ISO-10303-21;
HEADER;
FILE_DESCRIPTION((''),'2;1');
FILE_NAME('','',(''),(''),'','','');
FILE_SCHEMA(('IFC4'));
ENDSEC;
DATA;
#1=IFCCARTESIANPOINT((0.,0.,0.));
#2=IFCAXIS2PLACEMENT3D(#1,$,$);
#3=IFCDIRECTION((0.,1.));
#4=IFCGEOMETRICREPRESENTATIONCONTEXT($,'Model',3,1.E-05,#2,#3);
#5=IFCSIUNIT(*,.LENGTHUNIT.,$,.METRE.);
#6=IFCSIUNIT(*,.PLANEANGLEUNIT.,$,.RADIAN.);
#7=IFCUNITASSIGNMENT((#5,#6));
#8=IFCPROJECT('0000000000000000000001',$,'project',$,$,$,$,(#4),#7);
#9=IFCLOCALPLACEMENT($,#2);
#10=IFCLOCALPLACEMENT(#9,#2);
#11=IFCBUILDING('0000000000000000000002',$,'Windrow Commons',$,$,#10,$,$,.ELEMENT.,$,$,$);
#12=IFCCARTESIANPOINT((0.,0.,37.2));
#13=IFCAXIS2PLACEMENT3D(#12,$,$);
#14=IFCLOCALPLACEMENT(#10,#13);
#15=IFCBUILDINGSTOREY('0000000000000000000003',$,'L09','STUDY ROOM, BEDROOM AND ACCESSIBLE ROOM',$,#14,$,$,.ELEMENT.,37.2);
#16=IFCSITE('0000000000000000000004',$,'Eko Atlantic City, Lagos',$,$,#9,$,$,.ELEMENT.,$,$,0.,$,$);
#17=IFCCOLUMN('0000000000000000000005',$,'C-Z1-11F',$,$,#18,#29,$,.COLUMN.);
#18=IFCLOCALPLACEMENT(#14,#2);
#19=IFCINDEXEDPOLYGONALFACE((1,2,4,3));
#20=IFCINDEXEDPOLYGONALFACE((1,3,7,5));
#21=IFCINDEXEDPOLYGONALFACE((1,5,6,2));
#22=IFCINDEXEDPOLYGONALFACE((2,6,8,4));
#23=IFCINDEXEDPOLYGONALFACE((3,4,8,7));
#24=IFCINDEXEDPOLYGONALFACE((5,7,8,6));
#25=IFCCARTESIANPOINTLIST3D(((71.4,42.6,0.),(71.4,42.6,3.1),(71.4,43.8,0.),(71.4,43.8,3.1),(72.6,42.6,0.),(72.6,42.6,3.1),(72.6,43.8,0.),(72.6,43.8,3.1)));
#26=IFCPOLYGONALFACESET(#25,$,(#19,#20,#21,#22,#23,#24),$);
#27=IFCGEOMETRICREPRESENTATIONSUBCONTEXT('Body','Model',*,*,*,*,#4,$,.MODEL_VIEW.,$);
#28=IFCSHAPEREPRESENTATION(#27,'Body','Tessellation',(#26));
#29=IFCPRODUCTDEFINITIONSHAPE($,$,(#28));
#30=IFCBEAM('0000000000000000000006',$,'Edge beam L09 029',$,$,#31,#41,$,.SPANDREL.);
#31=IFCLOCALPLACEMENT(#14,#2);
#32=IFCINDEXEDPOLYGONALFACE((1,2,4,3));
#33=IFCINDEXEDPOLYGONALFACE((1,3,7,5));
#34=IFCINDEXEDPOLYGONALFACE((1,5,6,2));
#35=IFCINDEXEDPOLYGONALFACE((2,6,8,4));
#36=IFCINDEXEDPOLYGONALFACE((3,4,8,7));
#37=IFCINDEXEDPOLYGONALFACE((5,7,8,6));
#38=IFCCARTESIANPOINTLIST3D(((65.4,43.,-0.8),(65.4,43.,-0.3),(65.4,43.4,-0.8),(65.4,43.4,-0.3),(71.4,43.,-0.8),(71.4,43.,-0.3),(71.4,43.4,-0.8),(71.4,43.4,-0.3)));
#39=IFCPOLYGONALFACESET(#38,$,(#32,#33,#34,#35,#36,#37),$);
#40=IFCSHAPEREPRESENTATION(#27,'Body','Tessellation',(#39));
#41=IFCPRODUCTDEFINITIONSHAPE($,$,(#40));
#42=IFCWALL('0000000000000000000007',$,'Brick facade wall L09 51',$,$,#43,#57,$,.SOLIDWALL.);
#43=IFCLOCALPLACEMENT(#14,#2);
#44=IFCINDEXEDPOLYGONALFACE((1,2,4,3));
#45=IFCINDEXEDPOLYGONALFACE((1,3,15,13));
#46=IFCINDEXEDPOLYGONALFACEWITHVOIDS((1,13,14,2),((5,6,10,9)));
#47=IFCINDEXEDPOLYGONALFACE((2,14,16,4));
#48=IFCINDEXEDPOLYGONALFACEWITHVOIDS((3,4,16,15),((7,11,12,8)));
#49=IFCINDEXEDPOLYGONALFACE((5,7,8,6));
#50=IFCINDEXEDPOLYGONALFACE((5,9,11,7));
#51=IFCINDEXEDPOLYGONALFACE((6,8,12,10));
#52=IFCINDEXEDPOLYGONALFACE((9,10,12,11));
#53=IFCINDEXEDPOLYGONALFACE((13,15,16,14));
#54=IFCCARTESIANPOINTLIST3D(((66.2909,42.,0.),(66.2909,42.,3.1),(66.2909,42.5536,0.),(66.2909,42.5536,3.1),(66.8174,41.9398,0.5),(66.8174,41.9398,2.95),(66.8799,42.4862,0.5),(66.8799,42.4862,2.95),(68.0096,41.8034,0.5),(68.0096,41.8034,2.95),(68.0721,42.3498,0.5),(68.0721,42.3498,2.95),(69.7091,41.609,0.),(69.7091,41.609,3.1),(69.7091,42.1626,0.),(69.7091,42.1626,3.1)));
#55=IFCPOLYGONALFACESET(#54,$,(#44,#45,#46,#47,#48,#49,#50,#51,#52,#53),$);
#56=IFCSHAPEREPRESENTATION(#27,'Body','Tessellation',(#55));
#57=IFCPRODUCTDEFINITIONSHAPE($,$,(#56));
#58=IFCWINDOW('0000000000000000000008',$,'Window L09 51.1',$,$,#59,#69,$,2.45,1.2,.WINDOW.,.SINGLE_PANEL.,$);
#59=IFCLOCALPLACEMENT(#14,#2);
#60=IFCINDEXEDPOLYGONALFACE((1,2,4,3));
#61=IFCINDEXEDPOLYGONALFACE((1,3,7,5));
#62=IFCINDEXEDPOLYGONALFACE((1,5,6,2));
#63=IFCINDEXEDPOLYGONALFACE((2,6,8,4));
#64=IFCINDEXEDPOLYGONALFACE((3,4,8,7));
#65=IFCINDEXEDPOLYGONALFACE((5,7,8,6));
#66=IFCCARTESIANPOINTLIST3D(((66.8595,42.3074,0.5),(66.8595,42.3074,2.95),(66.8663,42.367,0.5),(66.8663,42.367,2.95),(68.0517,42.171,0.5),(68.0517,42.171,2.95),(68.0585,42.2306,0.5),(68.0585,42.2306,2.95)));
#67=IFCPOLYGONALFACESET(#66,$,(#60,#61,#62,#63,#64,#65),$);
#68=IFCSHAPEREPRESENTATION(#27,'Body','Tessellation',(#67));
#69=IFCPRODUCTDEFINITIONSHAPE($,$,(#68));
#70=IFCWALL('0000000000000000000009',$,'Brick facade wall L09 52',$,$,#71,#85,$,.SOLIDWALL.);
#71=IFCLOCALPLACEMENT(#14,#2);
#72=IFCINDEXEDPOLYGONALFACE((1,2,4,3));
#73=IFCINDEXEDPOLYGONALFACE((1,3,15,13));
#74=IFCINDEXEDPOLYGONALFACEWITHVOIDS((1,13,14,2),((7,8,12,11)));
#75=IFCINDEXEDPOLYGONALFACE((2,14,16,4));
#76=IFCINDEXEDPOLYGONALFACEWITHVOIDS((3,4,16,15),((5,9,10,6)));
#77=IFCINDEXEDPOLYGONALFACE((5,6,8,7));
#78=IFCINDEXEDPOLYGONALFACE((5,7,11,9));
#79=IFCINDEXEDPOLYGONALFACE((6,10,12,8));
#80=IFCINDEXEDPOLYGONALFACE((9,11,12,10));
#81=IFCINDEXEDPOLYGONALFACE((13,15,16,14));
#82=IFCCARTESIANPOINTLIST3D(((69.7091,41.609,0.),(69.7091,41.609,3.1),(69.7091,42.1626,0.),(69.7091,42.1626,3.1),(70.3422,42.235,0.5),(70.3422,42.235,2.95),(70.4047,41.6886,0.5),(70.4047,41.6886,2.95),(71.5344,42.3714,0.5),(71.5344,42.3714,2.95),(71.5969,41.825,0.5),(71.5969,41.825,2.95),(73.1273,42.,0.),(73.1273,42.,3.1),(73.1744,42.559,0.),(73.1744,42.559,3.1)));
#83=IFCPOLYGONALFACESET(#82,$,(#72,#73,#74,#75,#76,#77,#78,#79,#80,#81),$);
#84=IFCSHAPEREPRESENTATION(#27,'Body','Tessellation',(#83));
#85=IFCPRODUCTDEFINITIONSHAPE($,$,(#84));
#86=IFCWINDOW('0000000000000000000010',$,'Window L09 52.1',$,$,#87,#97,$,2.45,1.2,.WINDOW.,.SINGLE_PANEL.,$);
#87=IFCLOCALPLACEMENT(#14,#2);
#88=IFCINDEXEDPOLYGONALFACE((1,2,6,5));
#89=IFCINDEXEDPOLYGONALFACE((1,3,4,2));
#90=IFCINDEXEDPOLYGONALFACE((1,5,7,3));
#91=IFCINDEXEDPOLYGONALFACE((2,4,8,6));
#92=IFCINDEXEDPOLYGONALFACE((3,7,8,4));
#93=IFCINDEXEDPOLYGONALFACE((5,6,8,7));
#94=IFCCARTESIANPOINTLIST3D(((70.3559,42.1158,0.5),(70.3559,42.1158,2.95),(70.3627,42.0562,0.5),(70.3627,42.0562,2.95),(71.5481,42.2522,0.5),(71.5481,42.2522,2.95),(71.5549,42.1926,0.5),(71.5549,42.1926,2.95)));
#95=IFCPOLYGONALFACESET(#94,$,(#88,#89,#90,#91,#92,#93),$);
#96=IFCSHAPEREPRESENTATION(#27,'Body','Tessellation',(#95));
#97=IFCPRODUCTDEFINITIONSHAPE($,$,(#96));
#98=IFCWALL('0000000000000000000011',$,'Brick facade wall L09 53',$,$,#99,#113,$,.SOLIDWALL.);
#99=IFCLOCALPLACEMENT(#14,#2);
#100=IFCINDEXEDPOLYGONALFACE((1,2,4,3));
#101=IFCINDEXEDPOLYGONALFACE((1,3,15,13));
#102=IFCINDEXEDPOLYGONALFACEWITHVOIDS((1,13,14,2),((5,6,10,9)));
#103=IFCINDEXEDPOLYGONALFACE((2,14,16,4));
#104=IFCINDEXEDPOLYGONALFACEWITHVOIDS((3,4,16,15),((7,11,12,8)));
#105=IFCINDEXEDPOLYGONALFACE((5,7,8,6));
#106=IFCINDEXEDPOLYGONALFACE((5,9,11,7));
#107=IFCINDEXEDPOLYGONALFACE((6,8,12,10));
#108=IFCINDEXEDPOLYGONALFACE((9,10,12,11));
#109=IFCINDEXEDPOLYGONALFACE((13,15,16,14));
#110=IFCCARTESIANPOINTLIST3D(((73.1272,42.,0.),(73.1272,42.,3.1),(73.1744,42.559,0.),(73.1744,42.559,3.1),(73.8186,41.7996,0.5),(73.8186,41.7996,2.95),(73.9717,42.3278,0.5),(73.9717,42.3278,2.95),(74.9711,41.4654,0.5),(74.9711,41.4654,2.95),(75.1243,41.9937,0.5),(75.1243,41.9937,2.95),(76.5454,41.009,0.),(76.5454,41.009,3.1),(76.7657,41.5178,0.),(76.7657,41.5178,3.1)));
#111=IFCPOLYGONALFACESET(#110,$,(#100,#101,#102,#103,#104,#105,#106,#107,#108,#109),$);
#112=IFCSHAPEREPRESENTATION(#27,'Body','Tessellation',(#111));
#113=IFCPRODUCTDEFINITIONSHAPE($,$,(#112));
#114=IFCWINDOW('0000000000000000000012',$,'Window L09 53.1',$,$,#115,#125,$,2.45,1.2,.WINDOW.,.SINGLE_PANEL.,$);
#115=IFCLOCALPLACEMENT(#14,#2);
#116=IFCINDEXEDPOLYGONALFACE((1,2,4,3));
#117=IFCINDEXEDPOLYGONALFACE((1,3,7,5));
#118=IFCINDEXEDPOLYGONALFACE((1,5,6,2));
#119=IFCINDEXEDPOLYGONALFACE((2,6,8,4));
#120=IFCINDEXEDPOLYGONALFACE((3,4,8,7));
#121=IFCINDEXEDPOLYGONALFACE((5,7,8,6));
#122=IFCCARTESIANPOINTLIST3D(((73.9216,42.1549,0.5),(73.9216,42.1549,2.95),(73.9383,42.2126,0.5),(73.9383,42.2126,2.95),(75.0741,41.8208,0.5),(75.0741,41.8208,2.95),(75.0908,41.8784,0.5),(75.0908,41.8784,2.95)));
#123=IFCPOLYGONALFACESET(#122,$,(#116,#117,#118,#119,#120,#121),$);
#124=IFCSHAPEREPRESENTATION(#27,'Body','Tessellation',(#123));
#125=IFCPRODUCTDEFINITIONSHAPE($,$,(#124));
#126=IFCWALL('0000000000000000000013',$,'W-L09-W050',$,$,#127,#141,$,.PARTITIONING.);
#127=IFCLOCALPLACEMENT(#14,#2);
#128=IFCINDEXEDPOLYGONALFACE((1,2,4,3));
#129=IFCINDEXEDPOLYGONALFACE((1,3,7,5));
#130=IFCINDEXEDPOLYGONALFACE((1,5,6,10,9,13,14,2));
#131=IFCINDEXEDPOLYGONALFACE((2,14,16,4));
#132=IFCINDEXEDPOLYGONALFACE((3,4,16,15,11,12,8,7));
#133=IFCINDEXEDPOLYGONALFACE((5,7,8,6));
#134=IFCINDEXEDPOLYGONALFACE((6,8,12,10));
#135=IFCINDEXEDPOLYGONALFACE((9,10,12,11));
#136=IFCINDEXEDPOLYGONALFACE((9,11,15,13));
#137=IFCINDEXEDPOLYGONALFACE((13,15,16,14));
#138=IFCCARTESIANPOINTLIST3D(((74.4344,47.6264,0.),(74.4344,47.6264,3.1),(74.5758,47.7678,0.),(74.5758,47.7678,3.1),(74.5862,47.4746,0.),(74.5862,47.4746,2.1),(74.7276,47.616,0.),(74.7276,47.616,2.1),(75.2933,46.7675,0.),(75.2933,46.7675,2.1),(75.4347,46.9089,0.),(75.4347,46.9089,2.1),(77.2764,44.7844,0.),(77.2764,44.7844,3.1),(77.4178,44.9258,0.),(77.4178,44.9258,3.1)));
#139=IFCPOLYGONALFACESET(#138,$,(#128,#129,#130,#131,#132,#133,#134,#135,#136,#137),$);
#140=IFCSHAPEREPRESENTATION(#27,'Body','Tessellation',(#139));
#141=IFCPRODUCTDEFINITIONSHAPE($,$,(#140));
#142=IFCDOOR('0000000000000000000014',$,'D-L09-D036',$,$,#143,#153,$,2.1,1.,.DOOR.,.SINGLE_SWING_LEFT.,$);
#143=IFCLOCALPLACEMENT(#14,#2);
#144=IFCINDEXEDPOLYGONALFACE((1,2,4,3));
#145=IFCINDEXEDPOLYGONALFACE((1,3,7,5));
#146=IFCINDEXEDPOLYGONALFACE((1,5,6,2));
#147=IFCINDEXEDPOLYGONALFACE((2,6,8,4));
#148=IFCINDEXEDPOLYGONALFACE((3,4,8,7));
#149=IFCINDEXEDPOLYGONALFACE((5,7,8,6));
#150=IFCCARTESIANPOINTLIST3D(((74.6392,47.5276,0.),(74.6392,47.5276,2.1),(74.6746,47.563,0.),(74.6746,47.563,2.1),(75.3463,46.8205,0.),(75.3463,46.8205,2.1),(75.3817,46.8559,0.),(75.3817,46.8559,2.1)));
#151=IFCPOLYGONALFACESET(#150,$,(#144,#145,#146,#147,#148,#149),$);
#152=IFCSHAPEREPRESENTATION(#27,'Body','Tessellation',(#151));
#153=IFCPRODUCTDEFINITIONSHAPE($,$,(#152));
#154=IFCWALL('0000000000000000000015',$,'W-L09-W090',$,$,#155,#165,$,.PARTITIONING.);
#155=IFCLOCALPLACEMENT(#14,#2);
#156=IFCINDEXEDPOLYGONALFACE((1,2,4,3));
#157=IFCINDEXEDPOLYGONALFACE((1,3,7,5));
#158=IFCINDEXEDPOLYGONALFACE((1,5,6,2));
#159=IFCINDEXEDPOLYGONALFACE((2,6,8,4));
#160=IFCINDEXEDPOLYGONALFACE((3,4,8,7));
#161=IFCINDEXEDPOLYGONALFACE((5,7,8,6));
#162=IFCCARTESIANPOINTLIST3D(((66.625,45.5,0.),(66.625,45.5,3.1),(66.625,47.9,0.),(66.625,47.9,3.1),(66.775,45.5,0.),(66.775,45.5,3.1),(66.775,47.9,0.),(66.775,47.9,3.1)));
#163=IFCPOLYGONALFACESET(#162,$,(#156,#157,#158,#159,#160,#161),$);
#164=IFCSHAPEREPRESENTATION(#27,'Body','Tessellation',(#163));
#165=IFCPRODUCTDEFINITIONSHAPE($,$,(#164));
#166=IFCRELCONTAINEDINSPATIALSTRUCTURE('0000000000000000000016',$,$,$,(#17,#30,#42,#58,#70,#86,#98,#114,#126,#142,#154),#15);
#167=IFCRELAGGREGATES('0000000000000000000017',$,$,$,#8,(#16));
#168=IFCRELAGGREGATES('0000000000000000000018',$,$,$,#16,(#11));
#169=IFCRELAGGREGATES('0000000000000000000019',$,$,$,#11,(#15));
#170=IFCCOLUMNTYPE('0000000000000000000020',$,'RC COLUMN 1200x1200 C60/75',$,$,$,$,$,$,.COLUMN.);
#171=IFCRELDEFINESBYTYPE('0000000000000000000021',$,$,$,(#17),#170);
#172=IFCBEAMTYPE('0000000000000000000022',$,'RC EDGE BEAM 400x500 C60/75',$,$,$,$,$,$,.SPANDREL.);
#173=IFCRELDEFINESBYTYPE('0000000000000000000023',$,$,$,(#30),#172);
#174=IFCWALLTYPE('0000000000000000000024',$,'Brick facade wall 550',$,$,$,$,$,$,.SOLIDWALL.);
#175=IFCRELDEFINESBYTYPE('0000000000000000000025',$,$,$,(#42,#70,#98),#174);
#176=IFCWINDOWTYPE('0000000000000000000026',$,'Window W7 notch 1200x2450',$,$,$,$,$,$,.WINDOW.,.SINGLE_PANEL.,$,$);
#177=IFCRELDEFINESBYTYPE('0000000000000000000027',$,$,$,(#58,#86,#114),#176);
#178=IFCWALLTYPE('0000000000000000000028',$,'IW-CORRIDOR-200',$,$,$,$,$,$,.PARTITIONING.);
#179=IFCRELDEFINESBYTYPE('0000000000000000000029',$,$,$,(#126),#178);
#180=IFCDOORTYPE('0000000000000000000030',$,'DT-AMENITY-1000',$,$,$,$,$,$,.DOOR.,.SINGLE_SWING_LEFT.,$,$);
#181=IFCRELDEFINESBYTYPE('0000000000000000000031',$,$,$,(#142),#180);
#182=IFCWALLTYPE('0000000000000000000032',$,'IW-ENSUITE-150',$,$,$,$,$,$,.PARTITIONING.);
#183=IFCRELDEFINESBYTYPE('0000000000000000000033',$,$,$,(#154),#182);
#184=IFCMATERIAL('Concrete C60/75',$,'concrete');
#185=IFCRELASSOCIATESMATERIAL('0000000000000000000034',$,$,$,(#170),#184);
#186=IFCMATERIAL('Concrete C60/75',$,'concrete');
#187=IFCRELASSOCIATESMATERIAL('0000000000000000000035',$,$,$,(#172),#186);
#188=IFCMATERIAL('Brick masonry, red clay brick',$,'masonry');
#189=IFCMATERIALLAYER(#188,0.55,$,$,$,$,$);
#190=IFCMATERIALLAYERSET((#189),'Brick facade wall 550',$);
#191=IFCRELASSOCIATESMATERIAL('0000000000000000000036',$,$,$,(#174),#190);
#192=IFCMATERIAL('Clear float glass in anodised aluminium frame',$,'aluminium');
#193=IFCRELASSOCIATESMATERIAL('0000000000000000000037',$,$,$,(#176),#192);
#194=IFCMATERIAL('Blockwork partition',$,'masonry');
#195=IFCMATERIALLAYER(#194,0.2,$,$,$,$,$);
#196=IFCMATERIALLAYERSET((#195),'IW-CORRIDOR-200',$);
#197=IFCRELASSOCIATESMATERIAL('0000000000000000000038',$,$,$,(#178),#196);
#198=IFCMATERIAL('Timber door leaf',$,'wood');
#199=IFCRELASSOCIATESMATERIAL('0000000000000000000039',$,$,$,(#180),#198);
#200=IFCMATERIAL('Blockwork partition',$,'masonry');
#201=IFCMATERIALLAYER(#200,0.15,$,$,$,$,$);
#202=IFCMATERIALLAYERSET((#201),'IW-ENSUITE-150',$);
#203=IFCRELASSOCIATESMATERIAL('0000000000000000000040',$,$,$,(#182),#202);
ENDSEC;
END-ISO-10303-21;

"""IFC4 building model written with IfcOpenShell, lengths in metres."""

from ifc_helpers import new_model, si_unit, direction, frame, frame_2d, origin, origin_2d, place, context, subcontext, project, spatial, polyline, rectangle, outline, extrude, material, layer, layer_set, material_profile, profile_set, type_object, element, fill, save


model = new_model("IFC4")

# Units and contexts
model_context = context("Model", 3, precision=1e-05, world=origin(), true_north=direction((0.0, 1.0)))
body_context = subcontext(model_context, "Body", "Model", "MODEL_VIEW")
ifc_project = project(units=[si_unit("LENGTHUNIT", "METRE"), si_unit("PLANEANGLEUNIT", "RADIAN")], contexts=[model_context])

# Site, building, storey
site_placement = place(None, origin())
site = spatial("IfcSite", under=ifc_project, at=site_placement, Name="Eko Atlantic City, Lagos", CompositionType="ELEMENT", RefElevation=0.0)
building_placement = place(site_placement, origin())
building = spatial("IfcBuilding", under=site, at=building_placement, Name="Windrow Commons", CompositionType="ELEMENT")
storey_placement = place(building_placement, frame((0.0, 0.0, 37.2)))
storey = spatial("IfcBuildingStorey", under=building, at=storey_placement, Name="L09", Description="STUDY ROOM, BEDROOM AND ACCESSIBLE ROOM", CompositionType="ELEMENT", Elevation=37.2)

# Column
ifc_material_1 = material(Name="Concrete C60/75", Category="concrete")
ifc_material_profile_1 = material_profile(ifc_material_1, rectangle(XDim=1.2, YDim=1.2, at=origin_2d()))
ifc_profile_set_1 = profile_set([ifc_material_profile_1], Name="Concrete C60/75")
column_type = type_object("IfcColumnType", Name="RC COLUMN 1200x1200 C60/75", PredefinedType="COLUMN", material=ifc_profile_set_1)
column_placement = place(storey_placement, frame((72.0, 43.2, 0.0), z_axis=(0.0, 0.0, 1.0), x_axis=(1.0, 0.0, 0.0)))
element("IfcColumn", 1, at=column_placement, inside=storey, type_object=column_type, Name="C-Z1-11F", PredefinedType="COLUMN", context=body_context, shape_type="SweptSolid", body=[
    extrude(rectangle(XDim=1.2, YDim=1.2, at=origin_2d()), origin(), (0.0, 0.0, 1.0), 3.1),
])

# Beam
ifc_material_2 = material(Name="Concrete C60/75", Category="concrete")
ifc_material_profile_2 = material_profile(ifc_material_2, rectangle(XDim=0.4, YDim=0.5, at=origin_2d()))
ifc_profile_set_2 = profile_set([ifc_material_profile_2], Name="Concrete C60/75")
beam_type = type_object("IfcBeamType", Name="RC EDGE BEAM 400x500 C60/75", PredefinedType="SPANDREL", material=ifc_profile_set_2)
beam_placement = place(storey_placement, frame((71.4, 43.2, -0.55), z_axis=(-1.0, 0.0, 0.0), x_axis=(0.0, -1.0, 0.0)))
element("IfcBeam", 2, at=beam_placement, inside=storey, type_object=beam_type, Name="Edge beam L09 029", PredefinedType="SPANDREL", context=body_context, shape_type="SweptSolid", body=[
    extrude(rectangle(XDim=0.4, YDim=0.5, at=origin_2d()), origin(), (0.0, 0.0, 1.0), 6.0),
])

# Walls, openings, windows
ifc_material_3 = material(Name="Brick masonry, red clay brick", Category="masonry")
ifc_layer_1 = layer(ifc_material_3, 0.55)
ifc_layer_set_1 = layer_set([ifc_layer_1], Name="Brick facade wall 550")
wall_type_1 = type_object("IfcWallType", Name="Brick facade wall 550", PredefinedType="SOLIDWALL", material=ifc_layer_set_1)
wall_1_placement = place(storey_placement, frame((66.2909, 42.2768, 0.0), z_axis=(0.0, 0.0, 1.0), x_axis=(0.993521, -0.113647, 0.0)))
wall_1 = element("IfcWall", 3, at=wall_1_placement, inside=storey, type_object=wall_type_1, Name="Brick facade wall L09 51", PredefinedType="SOLIDWALL", context=body_context, shape_type="SweptSolid", body=[
    extrude(outline(polyline([(0.0315, -0.275), (3.4719, -0.275), (3.409, 0.275), (-0.0315, 0.275), (0.0315, -0.275)])), origin(), (0.0, 0.0, 1.0), 3.1),
])
opening_1_placement = place(wall_1_placement, frame((0.5614, 0.0, 0.5)))
opening_1 = element("IfcOpeningElement", 4, at=opening_1_placement, cuts=wall_1, PredefinedType="OPENING", context=body_context, shape_type="SweptSolid", body=[
    extrude(rectangle(XDim=1.2, YDim=2.45, at=frame_2d((0.6, 1.225))), frame((0.0, 0.285, 0.0), z_axis=(0.0, -1.0, 0.0), x_axis=(1.0, 0.0, 0.0)), (0.0, 0.0, 1.0), 0.57),
])
ifc_material_4 = material(Name="Clear float glass in anodised aluminium frame", Category="aluminium")
window_type = type_object("IfcWindowType", Name="Window W7 notch 1200x2450", PartitioningType="SINGLE_PANEL", PredefinedType="WINDOW", material=ifc_material_4)
window_1_placement = place(opening_1_placement, origin())
window_1 = element("IfcWindow", 5, at=window_1_placement, inside=storey, type_object=window_type, Name="Window L09 51.1", OverallHeight=2.45, OverallWidth=1.2, PartitioningType="SINGLE_PANEL", PredefinedType="WINDOW", context=body_context, shape_type="SweptSolid", body=[
    extrude(rectangle(XDim=1.2, YDim=2.45, at=frame_2d((0.6, 1.225))), frame((0.0, 0.155, 0.0), z_axis=(0.0, -1.0, 0.0), x_axis=(1.0, 0.0, 0.0)), (0.0, 0.0, 1.0), 0.06),
])
fill(opening_1, window_1)
wall_2_placement = place(storey_placement, frame((69.7091, 41.8858, 0.0), z_axis=(0.0, 0.0, 1.0), x_axis=(0.993521, 0.11365, 0.0)))
wall_2 = element("IfcWall", 6, at=wall_2_placement, inside=storey, type_object=wall_type_1, Name="Brick facade wall L09 52", PredefinedType="SOLIDWALL", context=body_context, shape_type="SweptSolid", body=[
    extrude(outline(polyline([(-0.0315, -0.275), (3.409, -0.275), (3.5194, 0.275), (0.0315, 0.275), (-0.0315, -0.275)])), origin(), (0.0, 0.0, 1.0), 3.1),
])
opening_2_placement = place(wall_2_placement, frame((0.6687, 0.0, 0.5)))
opening_2 = element("IfcOpeningElement", 7, at=opening_2_placement, cuts=wall_2, PredefinedType="OPENING", context=body_context, shape_type="SweptSolid", body=[
    extrude(rectangle(XDim=1.2, YDim=2.45, at=frame_2d((0.6, 1.225))), frame((0.0, 0.285, 0.0), z_axis=(0.0, -1.0, 0.0), x_axis=(1.0, 0.0, 0.0)), (0.0, 0.0, 1.0), 0.57),
])
window_2_placement = place(opening_2_placement, origin())
window_2 = element("IfcWindow", 8, at=window_2_placement, inside=storey, type_object=window_type, Name="Window L09 52.1", OverallHeight=2.45, OverallWidth=1.2, PartitioningType="SINGLE_PANEL", PredefinedType="WINDOW", context=body_context, shape_type="SweptSolid", body=[
    extrude(rectangle(XDim=1.2, YDim=2.45, at=frame_2d((0.6, 1.225))), frame((0.0, 0.155, 0.0), z_axis=(0.0, -1.0, 0.0), x_axis=(1.0, 0.0, 0.0)), (0.0, 0.0, 1.0), 0.06),
])
fill(opening_2, window_2)
wall_3_placement = place(storey_placement, frame((73.1508, 42.2795, 0.0), z_axis=(0.0, 0.0, 1.0), x_axis=(0.960451, -0.278451, 0.0)))
wall_3 = element("IfcWall", 9, at=wall_3_placement, inside=storey, type_object=wall_type_1, Name="Brick facade wall L09 53", PredefinedType="SOLIDWALL", context=body_context, shape_type="SweptSolid", body=[
    extrude(outline(polyline([(0.0552, -0.275), (3.6141, -0.275), (3.684, 0.275), (-0.0552, 0.275), (0.0552, -0.275)])), origin(), (0.0, 0.0, 1.0), 3.1),
])
opening_3_placement = place(wall_3_placement, frame((0.775, 0.0, 0.5)))
opening_3 = element("IfcOpeningElement", 10, at=opening_3_placement, cuts=wall_3, PredefinedType="OPENING", context=body_context, shape_type="SweptSolid", body=[
    extrude(rectangle(XDim=1.2, YDim=2.45, at=frame_2d((0.6, 1.225))), frame((0.0, 0.285, 0.0), z_axis=(0.0, -1.0, 0.0), x_axis=(1.0, 0.0, 0.0)), (0.0, 0.0, 1.0), 0.57),
])
window_3_placement = place(opening_3_placement, origin())
window_3 = element("IfcWindow", 11, at=window_3_placement, inside=storey, type_object=window_type, Name="Window L09 53.1", OverallHeight=2.45, OverallWidth=1.2, PartitioningType="SINGLE_PANEL", PredefinedType="WINDOW", context=body_context, shape_type="SweptSolid", body=[
    extrude(rectangle(XDim=1.2, YDim=2.45, at=frame_2d((0.6, 1.225))), frame((0.0, 0.155, 0.0), z_axis=(0.0, -1.0, 0.0), x_axis=(1.0, 0.0, 0.0)), (0.0, 0.0, 1.0), 0.06),
])
fill(opening_3, window_3)

# Wall, opening, door
ifc_material_5 = material(Name="Blockwork partition", Category="masonry")
ifc_layer_2 = layer(ifc_material_5, 0.2)
ifc_layer_set_2 = layer_set([ifc_layer_2], Name="IW-CORRIDOR-200")
wall_type_2 = type_object("IfcWallType", Name="IW-CORRIDOR-200", PredefinedType="PARTITIONING", material=ifc_layer_set_2)
wall_4_placement = place(storey_placement, frame((74.5051, 47.6971, 0.0), z_axis=(0.0, 0.0, 1.0), x_axis=(0.707107, -0.707107, 0.0)))
wall_4 = element("IfcWall", 12, at=wall_4_placement, inside=storey, type_object=wall_type_2, Name="W-L09-W050", PredefinedType="PARTITIONING", context=body_context, shape_type="SweptSolid", body=[
    extrude(rectangle(XDim=4.0192, YDim=0.2, at=frame_2d((2.0096, 0.0))), origin(), (0.0, 0.0, 1.0), 3.1),
])
opening_4_placement = place(wall_4_placement, frame((0.2147, 0.0, 0.0)))
opening_4 = element("IfcOpeningElement", 13, at=opening_4_placement, cuts=wall_4, PredefinedType="OPENING", context=body_context, shape_type="SweptSolid", body=[
    extrude(rectangle(XDim=1.0, YDim=2.1, at=frame_2d((0.5, 1.05))), frame((0.0, 0.11, 0.0), z_axis=(0.0, -1.0, 0.0), x_axis=(1.0, 0.0, 0.0)), (0.0, 0.0, 1.0), 0.22),
])
ifc_material_6 = material(Name="Timber door leaf", Category="wood")
door_type_1 = type_object("IfcDoorType", Name="DT-AMENITY-1000", OperationType="SINGLE_SWING_LEFT", PredefinedType="DOOR", material=ifc_material_6)
door_1_placement = place(opening_4_placement, origin())
door_1 = element("IfcDoor", 14, at=door_1_placement, inside=storey, type_object=door_type_1, Name="D-L09-D036", OperationType="SINGLE_SWING_LEFT", OverallHeight=2.1, OverallWidth=1.0, PredefinedType="DOOR", context=body_context, shape_type="SweptSolid", body=[
    extrude(rectangle(XDim=1.0, YDim=2.1, at=frame_2d((0.5, 1.05))), frame((0.0, 0.025, 0.0), z_axis=(0.0, -1.0, 0.0), x_axis=(1.0, 0.0, 0.0)), (0.0, 0.0, 1.0), 0.05),
])
fill(opening_4, door_1)

# Wall
ifc_material_7 = material(Name="Blockwork partition", Category="masonry")
ifc_layer_3 = layer(ifc_material_7, 0.15)
ifc_layer_set_3 = layer_set([ifc_layer_3], Name="IW-ENSUITE-150")
wall_type_3 = type_object("IfcWallType", Name="IW-ENSUITE-150", PredefinedType="PARTITIONING", material=ifc_layer_set_3)
for number, where, z_axis, x_axis, name in (
    (15, (66.7, 45.5, 0.0), (0.0, 0.0, 1.0), (0.0, 1.0, 0.0), "W-L09-W090"),
):
    element("IfcWall", number, at=place(storey_placement, frame(where, z_axis=z_axis, x_axis=x_axis)), inside=storey, type_object=wall_type_3, Name=name, PredefinedType="PARTITIONING", context=body_context, shape_type="SweptSolid", body=[
        extrude(rectangle(XDim=2.4, YDim=0.15, at=frame_2d((1.2, 0.0))), origin(), (0.0, 0.0, 1.0), 3.1),
    ])

save(model, "model.ifc")
